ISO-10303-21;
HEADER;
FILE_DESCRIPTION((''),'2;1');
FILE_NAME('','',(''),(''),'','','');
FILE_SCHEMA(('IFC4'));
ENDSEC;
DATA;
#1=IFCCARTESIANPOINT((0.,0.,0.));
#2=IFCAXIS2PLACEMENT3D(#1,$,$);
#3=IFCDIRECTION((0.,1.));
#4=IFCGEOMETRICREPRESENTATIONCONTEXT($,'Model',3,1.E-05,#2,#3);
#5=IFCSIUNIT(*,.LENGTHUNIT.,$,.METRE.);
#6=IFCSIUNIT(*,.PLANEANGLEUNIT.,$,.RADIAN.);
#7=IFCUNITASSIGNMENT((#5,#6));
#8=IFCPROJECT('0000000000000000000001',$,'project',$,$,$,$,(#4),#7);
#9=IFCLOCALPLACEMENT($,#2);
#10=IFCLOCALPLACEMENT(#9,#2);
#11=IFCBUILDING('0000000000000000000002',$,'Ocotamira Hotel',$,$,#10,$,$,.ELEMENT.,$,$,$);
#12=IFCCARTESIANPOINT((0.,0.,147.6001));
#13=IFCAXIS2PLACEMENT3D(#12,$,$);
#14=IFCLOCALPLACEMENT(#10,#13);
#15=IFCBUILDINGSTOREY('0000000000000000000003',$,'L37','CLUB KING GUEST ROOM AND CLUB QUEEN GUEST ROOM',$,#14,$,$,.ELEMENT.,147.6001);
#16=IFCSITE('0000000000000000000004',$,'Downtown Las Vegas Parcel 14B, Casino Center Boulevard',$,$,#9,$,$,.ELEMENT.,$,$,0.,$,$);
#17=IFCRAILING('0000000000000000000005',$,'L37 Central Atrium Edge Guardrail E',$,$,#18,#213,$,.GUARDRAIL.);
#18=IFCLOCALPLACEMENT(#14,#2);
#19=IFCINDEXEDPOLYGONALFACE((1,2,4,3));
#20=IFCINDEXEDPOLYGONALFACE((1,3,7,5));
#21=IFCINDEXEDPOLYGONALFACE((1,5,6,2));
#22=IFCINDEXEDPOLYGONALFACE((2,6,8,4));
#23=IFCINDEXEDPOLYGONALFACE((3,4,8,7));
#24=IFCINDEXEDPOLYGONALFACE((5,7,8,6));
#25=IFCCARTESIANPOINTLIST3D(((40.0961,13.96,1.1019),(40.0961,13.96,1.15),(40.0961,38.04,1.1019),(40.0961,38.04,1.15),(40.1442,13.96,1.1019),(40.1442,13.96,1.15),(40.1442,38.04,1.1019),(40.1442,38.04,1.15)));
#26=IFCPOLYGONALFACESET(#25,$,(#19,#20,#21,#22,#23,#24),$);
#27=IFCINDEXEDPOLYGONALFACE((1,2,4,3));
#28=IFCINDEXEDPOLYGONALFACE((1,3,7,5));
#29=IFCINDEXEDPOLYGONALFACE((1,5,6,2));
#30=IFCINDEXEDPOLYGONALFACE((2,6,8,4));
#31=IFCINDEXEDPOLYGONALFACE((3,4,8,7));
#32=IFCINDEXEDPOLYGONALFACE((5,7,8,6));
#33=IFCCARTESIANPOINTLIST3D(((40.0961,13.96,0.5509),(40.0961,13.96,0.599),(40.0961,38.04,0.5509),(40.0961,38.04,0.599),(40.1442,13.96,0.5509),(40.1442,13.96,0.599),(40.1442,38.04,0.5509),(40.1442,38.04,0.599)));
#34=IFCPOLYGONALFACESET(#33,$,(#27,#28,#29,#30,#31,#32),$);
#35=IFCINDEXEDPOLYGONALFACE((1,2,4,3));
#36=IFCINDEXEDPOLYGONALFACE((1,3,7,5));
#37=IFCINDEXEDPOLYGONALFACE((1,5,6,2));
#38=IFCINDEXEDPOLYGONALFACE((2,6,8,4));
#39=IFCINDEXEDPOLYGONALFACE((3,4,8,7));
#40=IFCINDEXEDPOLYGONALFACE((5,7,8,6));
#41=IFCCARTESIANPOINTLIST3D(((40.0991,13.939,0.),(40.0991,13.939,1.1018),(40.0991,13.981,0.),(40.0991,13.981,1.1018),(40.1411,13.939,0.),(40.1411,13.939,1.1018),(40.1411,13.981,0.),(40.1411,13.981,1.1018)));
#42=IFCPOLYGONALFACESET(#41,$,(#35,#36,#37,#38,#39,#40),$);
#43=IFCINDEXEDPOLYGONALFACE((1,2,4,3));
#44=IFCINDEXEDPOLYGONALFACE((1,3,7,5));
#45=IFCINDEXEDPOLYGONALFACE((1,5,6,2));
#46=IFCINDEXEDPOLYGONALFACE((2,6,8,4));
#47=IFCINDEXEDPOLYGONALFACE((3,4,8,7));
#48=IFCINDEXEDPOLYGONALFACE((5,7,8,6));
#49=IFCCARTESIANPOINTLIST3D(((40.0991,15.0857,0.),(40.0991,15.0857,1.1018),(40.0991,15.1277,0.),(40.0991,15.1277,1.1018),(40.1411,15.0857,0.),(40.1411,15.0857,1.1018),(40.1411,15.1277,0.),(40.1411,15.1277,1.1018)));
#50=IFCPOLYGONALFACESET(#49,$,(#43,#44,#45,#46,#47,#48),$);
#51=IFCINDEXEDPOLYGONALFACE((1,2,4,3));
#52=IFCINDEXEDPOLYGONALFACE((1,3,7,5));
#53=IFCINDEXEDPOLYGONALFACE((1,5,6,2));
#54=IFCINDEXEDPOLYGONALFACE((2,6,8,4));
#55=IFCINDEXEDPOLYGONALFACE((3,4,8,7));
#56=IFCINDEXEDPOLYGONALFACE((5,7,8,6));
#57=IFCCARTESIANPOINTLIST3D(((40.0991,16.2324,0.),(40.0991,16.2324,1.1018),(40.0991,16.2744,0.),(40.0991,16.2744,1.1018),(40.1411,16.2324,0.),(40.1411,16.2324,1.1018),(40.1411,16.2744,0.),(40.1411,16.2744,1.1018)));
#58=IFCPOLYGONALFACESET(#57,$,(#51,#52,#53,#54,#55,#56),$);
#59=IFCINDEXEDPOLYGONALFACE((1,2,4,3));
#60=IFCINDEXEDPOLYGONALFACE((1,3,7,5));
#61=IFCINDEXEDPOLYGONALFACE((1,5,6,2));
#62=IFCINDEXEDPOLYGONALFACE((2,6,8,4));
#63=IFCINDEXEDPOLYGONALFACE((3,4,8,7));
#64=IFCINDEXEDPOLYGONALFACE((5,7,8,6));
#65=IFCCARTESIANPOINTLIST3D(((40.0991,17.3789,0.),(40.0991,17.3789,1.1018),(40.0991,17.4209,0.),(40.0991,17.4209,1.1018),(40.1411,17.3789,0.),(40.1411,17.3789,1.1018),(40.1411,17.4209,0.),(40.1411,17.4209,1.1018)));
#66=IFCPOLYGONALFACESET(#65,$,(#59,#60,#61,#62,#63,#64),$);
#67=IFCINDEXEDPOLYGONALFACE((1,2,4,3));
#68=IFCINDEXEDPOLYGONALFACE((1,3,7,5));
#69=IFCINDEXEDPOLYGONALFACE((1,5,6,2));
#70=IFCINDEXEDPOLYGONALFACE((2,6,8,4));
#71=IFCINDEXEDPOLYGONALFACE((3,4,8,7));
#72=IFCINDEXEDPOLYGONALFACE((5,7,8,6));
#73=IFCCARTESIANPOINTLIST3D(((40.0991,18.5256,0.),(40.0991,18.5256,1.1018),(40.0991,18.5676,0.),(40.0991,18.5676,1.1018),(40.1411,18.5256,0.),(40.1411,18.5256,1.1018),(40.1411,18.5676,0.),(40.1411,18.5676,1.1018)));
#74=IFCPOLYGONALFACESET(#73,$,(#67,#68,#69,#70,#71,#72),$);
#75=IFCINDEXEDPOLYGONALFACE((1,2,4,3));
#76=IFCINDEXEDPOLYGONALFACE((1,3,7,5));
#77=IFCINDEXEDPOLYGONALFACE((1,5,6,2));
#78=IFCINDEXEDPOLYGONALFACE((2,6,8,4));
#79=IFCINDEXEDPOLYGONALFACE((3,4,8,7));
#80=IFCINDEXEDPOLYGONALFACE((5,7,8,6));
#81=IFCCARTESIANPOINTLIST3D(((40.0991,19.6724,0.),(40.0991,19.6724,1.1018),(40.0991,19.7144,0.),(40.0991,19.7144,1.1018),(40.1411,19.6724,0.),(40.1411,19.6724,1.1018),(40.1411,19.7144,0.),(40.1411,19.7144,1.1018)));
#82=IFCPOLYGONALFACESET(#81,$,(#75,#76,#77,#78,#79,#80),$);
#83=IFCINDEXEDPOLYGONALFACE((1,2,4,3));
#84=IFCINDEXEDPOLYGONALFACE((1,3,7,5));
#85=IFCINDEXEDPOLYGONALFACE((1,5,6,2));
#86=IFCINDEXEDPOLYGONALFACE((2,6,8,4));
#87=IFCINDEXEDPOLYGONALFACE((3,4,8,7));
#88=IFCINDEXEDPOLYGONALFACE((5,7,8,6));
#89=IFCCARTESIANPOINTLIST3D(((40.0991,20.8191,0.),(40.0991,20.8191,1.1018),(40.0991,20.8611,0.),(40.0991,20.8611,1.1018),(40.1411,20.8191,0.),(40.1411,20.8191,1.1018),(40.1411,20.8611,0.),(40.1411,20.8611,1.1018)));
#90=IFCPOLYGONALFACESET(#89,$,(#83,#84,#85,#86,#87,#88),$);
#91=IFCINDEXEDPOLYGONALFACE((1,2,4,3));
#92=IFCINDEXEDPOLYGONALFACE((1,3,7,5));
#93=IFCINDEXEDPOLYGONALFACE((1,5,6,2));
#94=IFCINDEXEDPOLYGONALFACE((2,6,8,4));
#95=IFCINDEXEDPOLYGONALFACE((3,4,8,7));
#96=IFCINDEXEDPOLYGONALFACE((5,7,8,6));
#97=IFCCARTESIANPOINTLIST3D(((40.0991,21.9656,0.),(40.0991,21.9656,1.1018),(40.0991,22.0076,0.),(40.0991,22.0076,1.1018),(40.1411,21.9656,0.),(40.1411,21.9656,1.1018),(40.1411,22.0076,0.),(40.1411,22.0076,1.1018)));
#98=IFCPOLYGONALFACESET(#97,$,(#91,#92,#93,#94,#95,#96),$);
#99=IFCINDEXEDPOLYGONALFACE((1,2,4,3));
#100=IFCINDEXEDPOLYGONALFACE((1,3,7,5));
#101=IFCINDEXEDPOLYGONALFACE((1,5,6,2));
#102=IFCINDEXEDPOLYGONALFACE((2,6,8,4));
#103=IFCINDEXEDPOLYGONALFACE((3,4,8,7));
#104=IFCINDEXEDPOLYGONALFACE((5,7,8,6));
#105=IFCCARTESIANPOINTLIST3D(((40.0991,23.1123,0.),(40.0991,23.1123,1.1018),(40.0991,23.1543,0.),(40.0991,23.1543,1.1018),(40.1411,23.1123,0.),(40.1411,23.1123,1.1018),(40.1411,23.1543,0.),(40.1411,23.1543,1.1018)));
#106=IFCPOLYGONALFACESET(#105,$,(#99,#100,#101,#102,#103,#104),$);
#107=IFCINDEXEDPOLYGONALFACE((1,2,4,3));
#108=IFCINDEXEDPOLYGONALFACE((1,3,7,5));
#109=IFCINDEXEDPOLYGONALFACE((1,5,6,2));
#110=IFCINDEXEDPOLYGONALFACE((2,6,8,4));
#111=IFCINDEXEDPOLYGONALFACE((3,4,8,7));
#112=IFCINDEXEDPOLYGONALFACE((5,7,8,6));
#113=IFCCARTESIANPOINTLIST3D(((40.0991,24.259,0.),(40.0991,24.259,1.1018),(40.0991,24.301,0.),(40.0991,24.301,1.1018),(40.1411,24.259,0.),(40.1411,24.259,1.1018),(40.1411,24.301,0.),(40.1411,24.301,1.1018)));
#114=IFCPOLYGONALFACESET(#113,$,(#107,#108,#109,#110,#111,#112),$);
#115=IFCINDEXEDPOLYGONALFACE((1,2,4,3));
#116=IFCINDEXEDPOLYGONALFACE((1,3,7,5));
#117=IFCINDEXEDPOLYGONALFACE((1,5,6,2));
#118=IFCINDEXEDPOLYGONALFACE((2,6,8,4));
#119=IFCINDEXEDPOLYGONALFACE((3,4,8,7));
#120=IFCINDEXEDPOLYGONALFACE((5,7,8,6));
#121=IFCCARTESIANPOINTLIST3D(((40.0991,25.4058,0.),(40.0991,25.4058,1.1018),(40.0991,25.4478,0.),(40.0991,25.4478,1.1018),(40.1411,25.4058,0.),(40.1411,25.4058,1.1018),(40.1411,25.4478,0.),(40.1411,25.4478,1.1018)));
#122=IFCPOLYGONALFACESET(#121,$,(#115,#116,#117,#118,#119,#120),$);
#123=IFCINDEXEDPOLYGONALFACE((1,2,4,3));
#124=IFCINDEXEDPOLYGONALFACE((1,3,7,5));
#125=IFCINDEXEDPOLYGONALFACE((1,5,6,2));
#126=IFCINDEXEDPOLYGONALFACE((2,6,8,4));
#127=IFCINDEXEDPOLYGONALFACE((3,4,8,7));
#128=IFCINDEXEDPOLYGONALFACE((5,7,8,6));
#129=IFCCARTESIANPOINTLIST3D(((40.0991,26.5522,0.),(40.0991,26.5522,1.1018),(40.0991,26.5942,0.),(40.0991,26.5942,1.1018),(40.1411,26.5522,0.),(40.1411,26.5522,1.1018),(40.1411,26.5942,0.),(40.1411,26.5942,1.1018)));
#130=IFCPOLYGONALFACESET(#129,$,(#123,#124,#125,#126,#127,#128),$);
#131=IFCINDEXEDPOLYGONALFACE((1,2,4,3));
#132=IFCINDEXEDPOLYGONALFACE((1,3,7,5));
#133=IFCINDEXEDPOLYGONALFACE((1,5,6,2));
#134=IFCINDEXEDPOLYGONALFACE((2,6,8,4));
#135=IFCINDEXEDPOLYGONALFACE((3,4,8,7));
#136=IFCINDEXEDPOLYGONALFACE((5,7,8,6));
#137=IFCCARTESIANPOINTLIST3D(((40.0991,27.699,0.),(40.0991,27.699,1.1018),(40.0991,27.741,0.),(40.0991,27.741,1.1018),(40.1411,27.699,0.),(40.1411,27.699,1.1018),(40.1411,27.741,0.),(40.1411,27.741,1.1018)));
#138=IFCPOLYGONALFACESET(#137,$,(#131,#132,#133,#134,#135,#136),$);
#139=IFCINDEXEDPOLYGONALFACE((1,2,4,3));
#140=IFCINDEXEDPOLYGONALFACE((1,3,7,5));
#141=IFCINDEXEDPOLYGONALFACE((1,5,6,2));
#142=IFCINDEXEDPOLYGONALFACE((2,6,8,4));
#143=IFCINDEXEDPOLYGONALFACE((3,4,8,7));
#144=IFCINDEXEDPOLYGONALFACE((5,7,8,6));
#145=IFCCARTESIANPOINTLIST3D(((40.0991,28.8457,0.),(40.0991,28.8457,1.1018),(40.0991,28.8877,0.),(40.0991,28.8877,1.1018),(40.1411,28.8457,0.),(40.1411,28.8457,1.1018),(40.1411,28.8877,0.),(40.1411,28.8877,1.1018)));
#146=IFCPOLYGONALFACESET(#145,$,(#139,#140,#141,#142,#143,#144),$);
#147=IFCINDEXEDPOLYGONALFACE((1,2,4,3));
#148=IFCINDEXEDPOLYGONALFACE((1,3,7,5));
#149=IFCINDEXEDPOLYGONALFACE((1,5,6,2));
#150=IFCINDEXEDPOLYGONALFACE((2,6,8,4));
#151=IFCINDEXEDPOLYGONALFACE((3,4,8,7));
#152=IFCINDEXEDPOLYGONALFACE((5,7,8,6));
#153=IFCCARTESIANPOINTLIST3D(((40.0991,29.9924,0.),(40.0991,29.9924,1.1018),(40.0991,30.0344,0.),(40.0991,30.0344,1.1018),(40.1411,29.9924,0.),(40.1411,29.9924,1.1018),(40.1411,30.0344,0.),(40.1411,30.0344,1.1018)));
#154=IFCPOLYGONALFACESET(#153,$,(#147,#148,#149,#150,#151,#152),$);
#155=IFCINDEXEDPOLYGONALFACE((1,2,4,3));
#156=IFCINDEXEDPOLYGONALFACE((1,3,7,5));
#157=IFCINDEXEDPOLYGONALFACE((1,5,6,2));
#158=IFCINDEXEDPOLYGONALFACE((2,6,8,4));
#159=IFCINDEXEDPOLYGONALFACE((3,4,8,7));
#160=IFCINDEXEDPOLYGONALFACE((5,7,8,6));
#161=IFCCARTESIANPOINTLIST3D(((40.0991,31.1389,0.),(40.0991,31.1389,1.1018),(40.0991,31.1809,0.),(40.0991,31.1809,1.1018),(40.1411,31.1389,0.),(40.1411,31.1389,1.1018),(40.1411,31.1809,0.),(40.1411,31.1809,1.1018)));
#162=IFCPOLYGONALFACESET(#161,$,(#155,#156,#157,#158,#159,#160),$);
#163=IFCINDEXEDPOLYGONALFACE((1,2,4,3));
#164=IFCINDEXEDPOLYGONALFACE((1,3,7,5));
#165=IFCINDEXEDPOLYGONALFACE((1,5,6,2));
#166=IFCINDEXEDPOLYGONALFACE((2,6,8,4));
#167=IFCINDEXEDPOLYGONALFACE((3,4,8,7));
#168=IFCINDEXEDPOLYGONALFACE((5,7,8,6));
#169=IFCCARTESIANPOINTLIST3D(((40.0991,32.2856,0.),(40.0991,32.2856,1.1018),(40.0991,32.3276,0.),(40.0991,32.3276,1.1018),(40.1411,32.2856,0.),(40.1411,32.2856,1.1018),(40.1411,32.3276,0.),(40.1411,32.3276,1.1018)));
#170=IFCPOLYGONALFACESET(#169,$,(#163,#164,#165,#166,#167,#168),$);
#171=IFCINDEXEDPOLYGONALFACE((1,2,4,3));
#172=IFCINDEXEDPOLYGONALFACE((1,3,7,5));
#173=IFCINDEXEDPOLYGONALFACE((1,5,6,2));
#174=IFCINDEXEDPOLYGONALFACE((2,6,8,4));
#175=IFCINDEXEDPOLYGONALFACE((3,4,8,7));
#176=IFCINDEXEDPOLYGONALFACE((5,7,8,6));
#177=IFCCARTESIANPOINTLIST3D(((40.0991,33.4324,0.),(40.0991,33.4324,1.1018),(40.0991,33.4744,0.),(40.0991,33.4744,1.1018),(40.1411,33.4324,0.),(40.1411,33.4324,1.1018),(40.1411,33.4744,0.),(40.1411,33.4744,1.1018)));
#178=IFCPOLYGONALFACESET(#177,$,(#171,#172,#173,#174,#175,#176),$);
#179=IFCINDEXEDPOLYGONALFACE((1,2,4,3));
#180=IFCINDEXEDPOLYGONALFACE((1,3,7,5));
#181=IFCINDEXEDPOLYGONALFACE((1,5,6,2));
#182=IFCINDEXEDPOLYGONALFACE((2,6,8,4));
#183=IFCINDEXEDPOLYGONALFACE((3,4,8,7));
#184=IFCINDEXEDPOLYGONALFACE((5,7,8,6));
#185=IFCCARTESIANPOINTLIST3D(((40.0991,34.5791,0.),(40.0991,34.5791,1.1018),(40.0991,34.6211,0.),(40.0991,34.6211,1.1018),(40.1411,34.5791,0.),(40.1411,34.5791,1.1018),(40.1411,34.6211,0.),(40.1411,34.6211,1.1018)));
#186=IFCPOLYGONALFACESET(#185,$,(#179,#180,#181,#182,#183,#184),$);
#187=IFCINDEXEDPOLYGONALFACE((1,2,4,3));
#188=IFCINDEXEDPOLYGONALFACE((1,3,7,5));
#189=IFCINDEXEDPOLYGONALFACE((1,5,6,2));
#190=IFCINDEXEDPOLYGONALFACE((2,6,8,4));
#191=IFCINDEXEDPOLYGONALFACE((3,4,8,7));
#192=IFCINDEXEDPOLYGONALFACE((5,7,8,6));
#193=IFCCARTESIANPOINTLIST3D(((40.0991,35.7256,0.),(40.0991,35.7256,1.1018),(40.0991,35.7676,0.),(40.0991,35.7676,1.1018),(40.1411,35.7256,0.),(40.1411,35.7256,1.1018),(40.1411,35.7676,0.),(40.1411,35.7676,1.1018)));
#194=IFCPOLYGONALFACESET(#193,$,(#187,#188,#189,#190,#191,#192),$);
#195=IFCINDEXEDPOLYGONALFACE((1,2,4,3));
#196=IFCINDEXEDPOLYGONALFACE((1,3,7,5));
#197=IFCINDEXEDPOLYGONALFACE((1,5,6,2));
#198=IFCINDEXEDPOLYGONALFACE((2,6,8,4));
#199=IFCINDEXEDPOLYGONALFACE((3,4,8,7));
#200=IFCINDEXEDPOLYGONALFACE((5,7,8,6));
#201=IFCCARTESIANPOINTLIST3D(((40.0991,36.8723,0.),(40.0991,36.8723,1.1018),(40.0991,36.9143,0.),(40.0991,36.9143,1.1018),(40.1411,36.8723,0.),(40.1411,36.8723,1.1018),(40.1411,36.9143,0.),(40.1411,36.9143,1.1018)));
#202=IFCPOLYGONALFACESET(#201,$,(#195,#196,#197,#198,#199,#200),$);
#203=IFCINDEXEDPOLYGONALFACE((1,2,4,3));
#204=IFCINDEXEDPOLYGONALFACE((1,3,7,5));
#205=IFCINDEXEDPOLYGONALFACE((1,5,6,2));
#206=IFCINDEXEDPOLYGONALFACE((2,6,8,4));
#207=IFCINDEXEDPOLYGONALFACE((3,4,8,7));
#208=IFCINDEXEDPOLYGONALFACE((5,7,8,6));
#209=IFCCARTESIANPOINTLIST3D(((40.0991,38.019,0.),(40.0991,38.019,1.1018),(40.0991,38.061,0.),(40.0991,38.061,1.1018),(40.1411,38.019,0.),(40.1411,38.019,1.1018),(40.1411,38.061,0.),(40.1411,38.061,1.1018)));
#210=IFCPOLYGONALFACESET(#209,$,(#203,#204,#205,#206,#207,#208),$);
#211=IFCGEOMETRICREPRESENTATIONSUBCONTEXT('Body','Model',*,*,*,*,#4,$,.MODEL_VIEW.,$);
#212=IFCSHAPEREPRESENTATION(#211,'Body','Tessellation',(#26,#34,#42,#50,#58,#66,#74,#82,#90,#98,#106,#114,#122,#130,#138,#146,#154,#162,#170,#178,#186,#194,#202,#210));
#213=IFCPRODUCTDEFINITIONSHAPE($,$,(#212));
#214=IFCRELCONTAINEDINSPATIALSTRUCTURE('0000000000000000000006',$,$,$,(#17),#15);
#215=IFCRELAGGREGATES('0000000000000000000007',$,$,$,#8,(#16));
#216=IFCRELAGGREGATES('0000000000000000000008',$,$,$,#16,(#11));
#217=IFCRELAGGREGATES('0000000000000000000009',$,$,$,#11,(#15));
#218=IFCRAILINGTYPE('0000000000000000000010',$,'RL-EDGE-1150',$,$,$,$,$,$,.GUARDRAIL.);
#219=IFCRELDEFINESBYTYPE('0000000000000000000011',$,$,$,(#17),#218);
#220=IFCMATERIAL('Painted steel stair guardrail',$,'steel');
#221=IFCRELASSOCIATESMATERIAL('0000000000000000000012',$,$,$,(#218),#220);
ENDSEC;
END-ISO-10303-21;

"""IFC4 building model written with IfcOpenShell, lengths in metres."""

from ifc_helpers import new_model, si_unit, direction, frame, origin, origin_2d, place, context, subcontext, project, spatial, rectangle, extrude, material, type_object, element, save


model = new_model("IFC4")

# Units and contexts
model_context = context("Model", 3, precision=1e-05, world=origin(), true_north=direction((0.0, 1.0)))
body_context = subcontext(model_context, "Body", "Model", "MODEL_VIEW")
ifc_project = project(units=[si_unit("LENGTHUNIT", "METRE"), si_unit("PLANEANGLEUNIT", "RADIAN")], contexts=[model_context])

# Site, building, storey
site_placement = place(None, origin())
site = spatial("IfcSite", under=ifc_project, at=site_placement, Name="Downtown Las Vegas Parcel 14B, Casino Center Boulevard", CompositionType="ELEMENT", RefElevation=0.0)
building_placement = place(site_placement, origin())
building = spatial("IfcBuilding", under=site, at=building_placement, Name="Ocotamira Hotel", CompositionType="ELEMENT")
storey_placement = place(building_placement, frame((0.0, 0.0, 147.6001)))
storey = spatial("IfcBuildingStorey", under=building, at=storey_placement, Name="L37", Description="CLUB KING GUEST ROOM AND CLUB QUEEN GUEST ROOM", CompositionType="ELEMENT", Elevation=147.6001)

# Railing
ifc_material_1 = material(Name="Painted steel stair guardrail", Category="steel")
railing_type = type_object("IfcRailingType", Name="RL-EDGE-1150", PredefinedType="GUARDRAIL", material=ifc_material_1)
railing_placement = place(storey_placement, frame((40.1201, 13.96, 0.0)))
element("IfcRailing", 1, at=railing_placement, inside=storey, type_object=railing_type, Name="L37 Central Atrium Edge Guardrail E", PredefinedType="GUARDRAIL", context=body_context, shape_type="SweptSolid", body=[
    extrude(rectangle(XDim=0.0481, YDim=0.0481, at=origin_2d()), frame((0.0, 0.0, 1.126), z_axis=(0.0, 1.0, 0.0), x_axis=(-1.0, 0.0, 0.0)), (0.0, 0.0, 1.0), 24.0801),
    extrude(rectangle(XDim=0.0481, YDim=0.0481, at=origin_2d()), frame((0.0, 0.0, 0.575), z_axis=(0.0, 1.0, 0.0), x_axis=(-1.0, 0.0, 0.0)), (0.0, 0.0, 1.0), 24.0801),
    extrude(rectangle(XDim=0.042, YDim=0.042, at=origin_2d()), origin(), (0.0, 0.0, 1.0), 1.1018),
    extrude(rectangle(XDim=0.042, YDim=0.042, at=origin_2d()), frame((0.0, 1.1467, 0.0)), (0.0, 0.0, 1.0), 1.1018),
    extrude(rectangle(XDim=0.042, YDim=0.042, at=origin_2d()), frame((0.0, 2.2935, 0.0)), (0.0, 0.0, 1.0), 1.1018),
    extrude(rectangle(XDim=0.042, YDim=0.042, at=origin_2d()), frame((0.0, 3.4399, 0.0)), (0.0, 0.0, 1.0), 1.1018),
    extrude(rectangle(XDim=0.042, YDim=0.042, at=origin_2d()), frame((0.0, 4.5867, 0.0)), (0.0, 0.0, 1.0), 1.1018),
    extrude(rectangle(XDim=0.042, YDim=0.042, at=origin_2d()), frame((0.0, 5.7334, 0.0)), (0.0, 0.0, 1.0), 1.1018),
    extrude(rectangle(XDim=0.042, YDim=0.042, at=origin_2d()), frame((0.0, 6.8801, 0.0)), (0.0, 0.0, 1.0), 1.1018),
    extrude(rectangle(XDim=0.042, YDim=0.042, at=origin_2d()), frame((0.0, 8.0266, 0.0)), (0.0, 0.0, 1.0), 1.1018),
    extrude(rectangle(XDim=0.042, YDim=0.042, at=origin_2d()), frame((0.0, 9.1733, 0.0)), (0.0, 0.0, 1.0), 1.1018),
    extrude(rectangle(XDim=0.042, YDim=0.042, at=origin_2d()), frame((0.0, 10.3201, 0.0)), (0.0, 0.0, 1.0), 1.1018),
    extrude(rectangle(XDim=0.042, YDim=0.042, at=origin_2d()), frame((0.0, 11.4668, 0.0)), (0.0, 0.0, 1.0), 1.1018),
    extrude(rectangle(XDim=0.042, YDim=0.042, at=origin_2d()), frame((0.0, 12.6133, 0.0)), (0.0, 0.0, 1.0), 1.1018),
    extrude(rectangle(XDim=0.042, YDim=0.042, at=origin_2d()), frame((0.0, 13.76, 0.0)), (0.0, 0.0, 1.0), 1.1018),
    extrude(rectangle(XDim=0.042, YDim=0.042, at=origin_2d()), frame((0.0, 14.9067, 0.0)), (0.0, 0.0, 1.0), 1.1018),
    extrude(rectangle(XDim=0.042, YDim=0.042, at=origin_2d()), frame((0.0, 16.0535, 0.0)), (0.0, 0.0, 1.0), 1.1018),
    extrude(rectangle(XDim=0.042, YDim=0.042, at=origin_2d()), frame((0.0, 17.2, 0.0)), (0.0, 0.0, 1.0), 1.1018),
    extrude(rectangle(XDim=0.042, YDim=0.042, at=origin_2d()), frame((0.0, 18.3467, 0.0)), (0.0, 0.0, 1.0), 1.1018),
    extrude(rectangle(XDim=0.042, YDim=0.042, at=origin_2d()), frame((0.0, 19.4934, 0.0)), (0.0, 0.0, 1.0), 1.1018),
    extrude(rectangle(XDim=0.042, YDim=0.042, at=origin_2d()), frame((0.0, 20.6401, 0.0)), (0.0, 0.0, 1.0), 1.1018),
    extrude(rectangle(XDim=0.042, YDim=0.042, at=origin_2d()), frame((0.0, 21.7866, 0.0)), (0.0, 0.0, 1.0), 1.1018),
    extrude(rectangle(XDim=0.042, YDim=0.042, at=origin_2d()), frame((0.0, 22.9333, 0.0)), (0.0, 0.0, 1.0), 1.1018),
    extrude(rectangle(XDim=0.042, YDim=0.042, at=origin_2d()), frame((0.0, 24.0801, 0.0)), (0.0, 0.0, 1.0), 1.1018),
])

save(model, "model.ifc")
